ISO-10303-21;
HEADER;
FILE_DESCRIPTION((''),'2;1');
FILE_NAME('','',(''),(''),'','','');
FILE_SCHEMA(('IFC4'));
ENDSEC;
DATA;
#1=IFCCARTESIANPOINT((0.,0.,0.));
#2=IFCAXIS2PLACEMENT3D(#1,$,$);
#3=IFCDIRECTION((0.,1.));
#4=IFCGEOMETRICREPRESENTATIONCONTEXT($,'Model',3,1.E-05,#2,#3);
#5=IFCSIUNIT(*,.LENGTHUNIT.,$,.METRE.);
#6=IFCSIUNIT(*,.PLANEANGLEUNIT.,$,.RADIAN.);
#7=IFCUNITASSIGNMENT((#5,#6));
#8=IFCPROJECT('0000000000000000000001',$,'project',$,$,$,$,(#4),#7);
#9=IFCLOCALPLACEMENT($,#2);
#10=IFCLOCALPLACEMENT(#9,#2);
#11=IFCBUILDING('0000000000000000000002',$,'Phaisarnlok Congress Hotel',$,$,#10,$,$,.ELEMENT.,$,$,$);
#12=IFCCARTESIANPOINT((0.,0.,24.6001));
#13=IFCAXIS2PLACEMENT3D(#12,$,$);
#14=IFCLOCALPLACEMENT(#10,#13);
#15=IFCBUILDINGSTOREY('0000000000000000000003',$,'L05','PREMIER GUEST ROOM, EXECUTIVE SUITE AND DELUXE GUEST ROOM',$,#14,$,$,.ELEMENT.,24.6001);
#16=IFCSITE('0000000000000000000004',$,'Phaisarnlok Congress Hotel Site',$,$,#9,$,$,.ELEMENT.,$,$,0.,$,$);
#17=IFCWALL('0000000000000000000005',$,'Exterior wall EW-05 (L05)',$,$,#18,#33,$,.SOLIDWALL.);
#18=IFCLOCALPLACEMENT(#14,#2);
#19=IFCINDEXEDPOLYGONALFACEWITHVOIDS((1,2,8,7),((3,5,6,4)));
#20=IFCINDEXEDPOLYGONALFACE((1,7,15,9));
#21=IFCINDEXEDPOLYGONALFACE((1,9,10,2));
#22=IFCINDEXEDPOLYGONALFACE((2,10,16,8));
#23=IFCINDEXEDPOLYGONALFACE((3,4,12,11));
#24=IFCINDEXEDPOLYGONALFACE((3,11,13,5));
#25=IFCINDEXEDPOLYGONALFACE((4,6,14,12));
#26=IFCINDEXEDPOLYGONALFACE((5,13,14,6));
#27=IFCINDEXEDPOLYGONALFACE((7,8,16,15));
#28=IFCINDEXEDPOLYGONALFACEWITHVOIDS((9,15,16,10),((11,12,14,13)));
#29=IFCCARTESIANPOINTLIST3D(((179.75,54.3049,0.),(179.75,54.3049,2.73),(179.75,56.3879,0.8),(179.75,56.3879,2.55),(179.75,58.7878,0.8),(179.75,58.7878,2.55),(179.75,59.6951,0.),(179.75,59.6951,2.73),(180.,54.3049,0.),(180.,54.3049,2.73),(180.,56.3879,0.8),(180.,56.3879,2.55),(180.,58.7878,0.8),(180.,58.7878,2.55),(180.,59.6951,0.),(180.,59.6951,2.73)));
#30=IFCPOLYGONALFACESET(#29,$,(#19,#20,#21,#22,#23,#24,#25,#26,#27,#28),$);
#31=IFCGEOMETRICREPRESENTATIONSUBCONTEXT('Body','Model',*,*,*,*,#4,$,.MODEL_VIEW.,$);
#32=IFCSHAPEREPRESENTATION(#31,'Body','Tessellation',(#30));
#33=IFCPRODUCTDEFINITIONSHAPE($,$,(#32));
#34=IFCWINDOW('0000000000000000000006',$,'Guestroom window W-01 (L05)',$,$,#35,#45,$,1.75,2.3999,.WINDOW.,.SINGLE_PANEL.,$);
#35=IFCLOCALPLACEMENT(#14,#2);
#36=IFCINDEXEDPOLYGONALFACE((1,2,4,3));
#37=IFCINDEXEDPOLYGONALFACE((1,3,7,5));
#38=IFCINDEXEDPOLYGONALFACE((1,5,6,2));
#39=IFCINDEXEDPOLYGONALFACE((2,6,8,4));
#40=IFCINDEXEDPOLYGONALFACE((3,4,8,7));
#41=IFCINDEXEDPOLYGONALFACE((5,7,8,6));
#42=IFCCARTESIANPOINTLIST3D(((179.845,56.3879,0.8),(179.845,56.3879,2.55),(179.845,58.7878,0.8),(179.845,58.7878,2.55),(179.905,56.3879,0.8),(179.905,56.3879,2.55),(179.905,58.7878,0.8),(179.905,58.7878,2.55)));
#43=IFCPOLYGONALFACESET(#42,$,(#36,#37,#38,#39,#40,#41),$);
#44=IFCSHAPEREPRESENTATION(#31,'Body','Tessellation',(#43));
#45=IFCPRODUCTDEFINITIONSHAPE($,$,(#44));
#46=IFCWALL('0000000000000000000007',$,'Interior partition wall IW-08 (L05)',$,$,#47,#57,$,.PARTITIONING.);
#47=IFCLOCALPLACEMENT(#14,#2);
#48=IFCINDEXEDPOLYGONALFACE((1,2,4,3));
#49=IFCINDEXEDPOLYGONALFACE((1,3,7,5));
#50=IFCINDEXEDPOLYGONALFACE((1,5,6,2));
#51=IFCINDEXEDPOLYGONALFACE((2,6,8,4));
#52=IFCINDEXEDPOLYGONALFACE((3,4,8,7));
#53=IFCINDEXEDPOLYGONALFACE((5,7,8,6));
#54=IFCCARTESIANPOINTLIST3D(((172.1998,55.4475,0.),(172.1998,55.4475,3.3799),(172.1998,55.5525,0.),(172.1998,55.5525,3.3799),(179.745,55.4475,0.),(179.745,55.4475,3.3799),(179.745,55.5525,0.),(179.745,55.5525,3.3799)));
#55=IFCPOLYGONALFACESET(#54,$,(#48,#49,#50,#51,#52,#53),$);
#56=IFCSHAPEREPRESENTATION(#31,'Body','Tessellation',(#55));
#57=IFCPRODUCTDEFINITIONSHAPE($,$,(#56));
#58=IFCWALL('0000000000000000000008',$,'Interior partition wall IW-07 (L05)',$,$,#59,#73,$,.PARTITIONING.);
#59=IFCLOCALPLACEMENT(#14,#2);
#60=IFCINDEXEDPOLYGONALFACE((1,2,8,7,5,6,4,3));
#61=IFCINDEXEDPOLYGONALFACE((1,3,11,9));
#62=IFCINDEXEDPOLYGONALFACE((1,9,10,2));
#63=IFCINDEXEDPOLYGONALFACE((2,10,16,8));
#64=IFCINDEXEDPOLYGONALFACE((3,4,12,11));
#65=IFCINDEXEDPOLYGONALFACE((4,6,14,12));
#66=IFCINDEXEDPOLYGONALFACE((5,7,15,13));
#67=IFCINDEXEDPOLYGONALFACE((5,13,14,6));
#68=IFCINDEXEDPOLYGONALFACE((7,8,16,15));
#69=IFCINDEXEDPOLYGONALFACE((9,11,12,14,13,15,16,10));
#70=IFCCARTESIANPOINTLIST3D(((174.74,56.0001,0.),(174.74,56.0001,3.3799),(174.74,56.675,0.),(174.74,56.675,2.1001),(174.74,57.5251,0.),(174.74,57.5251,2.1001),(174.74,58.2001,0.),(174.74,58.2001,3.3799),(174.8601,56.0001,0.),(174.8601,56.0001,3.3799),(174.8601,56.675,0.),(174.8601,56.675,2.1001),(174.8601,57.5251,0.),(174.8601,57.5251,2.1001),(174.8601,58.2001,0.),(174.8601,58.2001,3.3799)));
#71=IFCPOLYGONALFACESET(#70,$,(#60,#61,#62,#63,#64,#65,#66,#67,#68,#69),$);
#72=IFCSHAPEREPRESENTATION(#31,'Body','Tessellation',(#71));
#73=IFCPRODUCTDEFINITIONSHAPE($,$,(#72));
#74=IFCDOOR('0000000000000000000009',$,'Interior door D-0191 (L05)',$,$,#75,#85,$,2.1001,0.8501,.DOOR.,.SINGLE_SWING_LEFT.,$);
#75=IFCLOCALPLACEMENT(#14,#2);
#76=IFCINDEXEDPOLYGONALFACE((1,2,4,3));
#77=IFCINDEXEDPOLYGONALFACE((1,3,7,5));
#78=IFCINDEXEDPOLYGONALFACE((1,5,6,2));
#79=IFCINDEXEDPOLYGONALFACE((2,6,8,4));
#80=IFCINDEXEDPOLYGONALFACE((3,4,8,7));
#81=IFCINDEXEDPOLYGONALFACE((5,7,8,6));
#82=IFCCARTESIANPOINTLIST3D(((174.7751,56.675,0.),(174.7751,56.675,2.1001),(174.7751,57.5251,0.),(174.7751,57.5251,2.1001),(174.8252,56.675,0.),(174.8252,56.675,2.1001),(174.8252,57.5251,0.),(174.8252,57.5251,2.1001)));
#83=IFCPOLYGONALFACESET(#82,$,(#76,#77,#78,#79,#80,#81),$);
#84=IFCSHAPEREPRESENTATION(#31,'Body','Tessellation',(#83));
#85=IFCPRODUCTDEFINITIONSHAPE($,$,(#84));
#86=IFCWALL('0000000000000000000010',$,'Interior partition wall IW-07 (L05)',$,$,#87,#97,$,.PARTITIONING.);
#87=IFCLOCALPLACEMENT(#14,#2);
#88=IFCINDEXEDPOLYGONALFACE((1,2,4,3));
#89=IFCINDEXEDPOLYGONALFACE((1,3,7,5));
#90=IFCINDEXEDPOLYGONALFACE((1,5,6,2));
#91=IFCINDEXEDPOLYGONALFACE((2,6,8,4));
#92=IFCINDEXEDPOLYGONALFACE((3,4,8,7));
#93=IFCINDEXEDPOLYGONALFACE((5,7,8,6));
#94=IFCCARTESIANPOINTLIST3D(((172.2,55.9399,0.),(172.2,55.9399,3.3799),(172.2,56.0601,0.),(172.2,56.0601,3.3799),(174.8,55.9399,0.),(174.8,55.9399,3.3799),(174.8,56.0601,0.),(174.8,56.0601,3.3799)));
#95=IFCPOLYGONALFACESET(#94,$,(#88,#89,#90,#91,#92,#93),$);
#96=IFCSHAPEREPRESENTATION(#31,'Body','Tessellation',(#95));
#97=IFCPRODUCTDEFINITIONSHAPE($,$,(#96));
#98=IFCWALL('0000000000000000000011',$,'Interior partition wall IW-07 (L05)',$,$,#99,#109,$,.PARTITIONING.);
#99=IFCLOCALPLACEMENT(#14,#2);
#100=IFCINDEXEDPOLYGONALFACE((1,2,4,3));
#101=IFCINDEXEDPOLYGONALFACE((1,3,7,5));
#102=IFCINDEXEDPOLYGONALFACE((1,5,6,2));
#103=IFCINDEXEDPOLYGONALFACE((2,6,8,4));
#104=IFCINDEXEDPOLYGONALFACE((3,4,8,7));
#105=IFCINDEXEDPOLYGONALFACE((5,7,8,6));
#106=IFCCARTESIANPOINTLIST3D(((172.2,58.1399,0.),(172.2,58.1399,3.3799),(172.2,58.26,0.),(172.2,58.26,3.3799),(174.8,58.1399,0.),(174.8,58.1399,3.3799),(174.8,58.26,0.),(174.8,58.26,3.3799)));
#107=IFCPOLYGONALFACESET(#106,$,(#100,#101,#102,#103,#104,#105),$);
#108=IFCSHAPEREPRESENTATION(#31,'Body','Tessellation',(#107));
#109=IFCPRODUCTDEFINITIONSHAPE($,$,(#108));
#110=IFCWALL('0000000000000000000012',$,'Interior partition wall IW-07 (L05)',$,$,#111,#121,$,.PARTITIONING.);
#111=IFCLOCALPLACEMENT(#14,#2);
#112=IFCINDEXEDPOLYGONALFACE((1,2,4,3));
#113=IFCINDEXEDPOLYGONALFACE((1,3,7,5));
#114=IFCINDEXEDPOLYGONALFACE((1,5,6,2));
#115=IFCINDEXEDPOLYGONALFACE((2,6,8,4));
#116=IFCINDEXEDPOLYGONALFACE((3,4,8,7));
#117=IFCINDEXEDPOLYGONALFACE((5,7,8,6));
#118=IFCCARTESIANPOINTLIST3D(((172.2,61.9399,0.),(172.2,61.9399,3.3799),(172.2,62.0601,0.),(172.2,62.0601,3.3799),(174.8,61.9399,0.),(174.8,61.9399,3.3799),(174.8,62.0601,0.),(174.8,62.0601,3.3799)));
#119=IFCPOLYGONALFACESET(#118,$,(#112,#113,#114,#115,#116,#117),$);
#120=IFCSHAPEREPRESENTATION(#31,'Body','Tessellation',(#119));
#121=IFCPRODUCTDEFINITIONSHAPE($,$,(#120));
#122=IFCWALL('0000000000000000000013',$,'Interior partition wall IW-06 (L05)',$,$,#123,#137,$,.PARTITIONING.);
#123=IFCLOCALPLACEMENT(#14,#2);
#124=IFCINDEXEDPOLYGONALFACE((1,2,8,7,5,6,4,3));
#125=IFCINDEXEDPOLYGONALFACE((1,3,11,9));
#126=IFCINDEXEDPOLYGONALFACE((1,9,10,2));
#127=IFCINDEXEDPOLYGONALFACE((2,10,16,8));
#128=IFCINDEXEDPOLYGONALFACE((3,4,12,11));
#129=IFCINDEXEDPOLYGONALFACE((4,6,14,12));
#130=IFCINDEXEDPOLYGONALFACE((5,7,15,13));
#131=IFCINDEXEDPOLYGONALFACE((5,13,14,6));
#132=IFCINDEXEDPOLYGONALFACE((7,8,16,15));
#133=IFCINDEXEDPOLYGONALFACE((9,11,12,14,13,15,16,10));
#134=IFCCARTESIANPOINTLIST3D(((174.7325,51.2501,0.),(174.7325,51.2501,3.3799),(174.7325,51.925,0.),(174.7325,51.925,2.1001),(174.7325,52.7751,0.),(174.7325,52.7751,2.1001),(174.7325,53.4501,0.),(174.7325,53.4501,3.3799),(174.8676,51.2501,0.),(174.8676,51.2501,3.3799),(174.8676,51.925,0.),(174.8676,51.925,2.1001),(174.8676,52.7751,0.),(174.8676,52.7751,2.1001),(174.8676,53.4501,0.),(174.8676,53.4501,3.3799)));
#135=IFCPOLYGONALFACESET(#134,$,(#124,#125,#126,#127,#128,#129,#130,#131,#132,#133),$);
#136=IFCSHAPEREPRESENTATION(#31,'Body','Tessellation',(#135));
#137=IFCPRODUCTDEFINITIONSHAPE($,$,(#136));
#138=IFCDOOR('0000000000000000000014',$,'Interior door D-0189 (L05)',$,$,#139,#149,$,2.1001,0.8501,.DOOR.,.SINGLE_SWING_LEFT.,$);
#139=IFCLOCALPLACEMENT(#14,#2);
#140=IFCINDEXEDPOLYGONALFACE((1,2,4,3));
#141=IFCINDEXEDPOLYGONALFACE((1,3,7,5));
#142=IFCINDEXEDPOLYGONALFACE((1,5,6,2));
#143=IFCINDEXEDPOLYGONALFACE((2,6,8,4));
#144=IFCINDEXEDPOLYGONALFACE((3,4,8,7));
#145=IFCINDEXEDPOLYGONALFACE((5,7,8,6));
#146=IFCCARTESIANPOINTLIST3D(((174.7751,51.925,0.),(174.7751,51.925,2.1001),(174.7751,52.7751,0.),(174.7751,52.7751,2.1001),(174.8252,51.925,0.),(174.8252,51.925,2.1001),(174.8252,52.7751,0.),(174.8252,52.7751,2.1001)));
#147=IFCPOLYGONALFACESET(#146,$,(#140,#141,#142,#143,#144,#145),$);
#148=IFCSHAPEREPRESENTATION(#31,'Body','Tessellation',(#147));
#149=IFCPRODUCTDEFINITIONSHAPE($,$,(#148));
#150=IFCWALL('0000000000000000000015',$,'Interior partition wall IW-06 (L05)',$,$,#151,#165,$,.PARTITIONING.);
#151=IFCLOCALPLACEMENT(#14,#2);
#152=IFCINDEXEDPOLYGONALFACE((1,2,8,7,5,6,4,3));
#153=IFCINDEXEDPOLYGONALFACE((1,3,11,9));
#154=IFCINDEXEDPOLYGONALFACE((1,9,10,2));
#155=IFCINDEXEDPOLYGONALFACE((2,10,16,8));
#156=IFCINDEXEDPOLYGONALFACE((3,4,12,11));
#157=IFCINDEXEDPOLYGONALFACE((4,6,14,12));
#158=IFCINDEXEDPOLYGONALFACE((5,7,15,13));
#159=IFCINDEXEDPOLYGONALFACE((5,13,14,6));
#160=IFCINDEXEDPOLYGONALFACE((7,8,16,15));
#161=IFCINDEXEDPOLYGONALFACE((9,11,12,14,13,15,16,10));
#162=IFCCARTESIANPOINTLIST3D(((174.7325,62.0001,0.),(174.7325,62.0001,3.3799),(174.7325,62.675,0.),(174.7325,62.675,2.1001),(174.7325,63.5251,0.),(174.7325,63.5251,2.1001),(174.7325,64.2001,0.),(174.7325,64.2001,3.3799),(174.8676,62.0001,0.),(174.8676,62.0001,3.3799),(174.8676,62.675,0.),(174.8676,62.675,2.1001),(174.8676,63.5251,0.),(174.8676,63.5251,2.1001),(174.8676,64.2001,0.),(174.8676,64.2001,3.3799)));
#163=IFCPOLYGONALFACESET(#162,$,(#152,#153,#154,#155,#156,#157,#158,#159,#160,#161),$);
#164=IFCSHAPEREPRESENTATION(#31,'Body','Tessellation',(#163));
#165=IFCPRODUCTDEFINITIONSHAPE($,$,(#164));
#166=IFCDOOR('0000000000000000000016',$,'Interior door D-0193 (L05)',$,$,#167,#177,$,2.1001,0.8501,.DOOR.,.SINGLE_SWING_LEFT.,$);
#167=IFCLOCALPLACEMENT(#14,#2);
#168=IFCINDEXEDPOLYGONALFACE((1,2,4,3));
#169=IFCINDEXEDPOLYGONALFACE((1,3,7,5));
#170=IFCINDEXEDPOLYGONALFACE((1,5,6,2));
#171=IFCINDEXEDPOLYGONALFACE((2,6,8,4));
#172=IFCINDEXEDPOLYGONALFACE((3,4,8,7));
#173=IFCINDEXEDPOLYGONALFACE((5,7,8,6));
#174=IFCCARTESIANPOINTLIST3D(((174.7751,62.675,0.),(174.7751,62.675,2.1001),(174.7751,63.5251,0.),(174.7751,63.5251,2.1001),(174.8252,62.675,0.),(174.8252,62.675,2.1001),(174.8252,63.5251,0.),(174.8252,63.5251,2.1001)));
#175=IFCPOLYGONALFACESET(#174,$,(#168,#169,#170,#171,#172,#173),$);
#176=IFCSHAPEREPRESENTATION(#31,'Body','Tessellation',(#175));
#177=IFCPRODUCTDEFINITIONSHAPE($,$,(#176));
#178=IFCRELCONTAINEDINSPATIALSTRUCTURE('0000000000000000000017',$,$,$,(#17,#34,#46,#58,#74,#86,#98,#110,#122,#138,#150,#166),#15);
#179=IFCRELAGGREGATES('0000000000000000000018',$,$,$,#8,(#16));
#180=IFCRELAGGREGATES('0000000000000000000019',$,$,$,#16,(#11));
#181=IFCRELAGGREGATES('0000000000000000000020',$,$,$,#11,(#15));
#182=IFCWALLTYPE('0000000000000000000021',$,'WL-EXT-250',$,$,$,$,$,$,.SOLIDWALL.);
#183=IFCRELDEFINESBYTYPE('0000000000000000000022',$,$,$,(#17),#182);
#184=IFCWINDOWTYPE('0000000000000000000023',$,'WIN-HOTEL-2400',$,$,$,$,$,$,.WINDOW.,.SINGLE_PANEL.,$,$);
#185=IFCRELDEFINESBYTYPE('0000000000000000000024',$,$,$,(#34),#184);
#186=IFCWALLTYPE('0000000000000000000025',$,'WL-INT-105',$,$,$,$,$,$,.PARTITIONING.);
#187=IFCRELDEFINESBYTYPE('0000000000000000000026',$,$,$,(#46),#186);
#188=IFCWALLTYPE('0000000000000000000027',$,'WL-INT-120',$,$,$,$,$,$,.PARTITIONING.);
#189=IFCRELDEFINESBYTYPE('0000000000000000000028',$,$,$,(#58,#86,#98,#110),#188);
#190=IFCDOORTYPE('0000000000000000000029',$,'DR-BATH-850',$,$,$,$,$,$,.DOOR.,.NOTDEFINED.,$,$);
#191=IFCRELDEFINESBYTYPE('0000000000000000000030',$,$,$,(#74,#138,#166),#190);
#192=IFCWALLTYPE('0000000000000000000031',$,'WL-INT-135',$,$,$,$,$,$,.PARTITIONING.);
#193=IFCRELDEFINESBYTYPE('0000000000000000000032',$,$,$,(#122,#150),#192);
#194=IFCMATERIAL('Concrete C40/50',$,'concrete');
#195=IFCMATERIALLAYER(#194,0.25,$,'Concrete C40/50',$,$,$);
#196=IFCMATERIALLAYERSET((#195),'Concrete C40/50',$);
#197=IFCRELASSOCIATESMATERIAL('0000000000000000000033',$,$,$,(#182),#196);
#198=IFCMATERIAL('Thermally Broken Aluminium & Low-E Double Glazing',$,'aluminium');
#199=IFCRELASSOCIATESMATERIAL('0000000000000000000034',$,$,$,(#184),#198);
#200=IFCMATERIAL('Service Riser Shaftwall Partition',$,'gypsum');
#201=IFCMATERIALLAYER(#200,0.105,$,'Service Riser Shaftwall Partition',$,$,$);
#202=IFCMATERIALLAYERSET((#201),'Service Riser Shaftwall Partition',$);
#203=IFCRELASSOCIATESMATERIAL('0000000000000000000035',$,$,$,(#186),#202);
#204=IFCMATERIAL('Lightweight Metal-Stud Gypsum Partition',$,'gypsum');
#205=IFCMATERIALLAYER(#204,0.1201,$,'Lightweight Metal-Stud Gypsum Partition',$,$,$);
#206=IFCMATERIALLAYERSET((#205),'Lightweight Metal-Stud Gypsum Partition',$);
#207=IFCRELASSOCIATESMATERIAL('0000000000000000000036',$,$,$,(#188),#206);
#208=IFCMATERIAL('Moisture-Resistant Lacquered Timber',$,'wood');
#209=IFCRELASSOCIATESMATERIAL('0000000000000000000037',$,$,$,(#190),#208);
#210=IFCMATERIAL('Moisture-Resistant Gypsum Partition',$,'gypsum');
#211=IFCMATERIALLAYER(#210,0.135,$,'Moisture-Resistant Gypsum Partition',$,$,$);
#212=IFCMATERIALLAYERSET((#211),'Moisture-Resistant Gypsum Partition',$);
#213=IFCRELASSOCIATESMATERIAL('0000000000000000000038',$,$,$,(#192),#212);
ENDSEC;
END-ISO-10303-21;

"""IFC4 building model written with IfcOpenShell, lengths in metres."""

from ifc_helpers import new_model, si_unit, direction, frame, frame_2d, origin, place, context, subcontext, project, spatial, rectangle, extrude, material, layer, layer_set, type_object, element, fill, save


model = new_model("IFC4")

# Units and contexts
model_context = context("Model", 3, precision=1e-05, world=origin(), true_north=direction((0.0, 1.0)))
body_context = subcontext(model_context, "Body", "Model", "MODEL_VIEW")
ifc_project = project(units=[si_unit("LENGTHUNIT", "METRE"), si_unit("PLANEANGLEUNIT", "RADIAN")], contexts=[model_context])

# Site, building, storey
site_placement = place(None, origin())
site = spatial("IfcSite", under=ifc_project, at=site_placement, Name="Phaisarnlok Congress Hotel Site", CompositionType="ELEMENT", RefElevation=0.0)
building_placement = place(site_placement, origin())
building = spatial("IfcBuilding", under=site, at=building_placement, Name="Phaisarnlok Congress Hotel", CompositionType="ELEMENT")
storey_placement = place(building_placement, frame((0.0, 0.0, 24.6001)))
storey = spatial("IfcBuildingStorey", under=building, at=storey_placement, Name="L05", Description="PREMIER GUEST ROOM, EXECUTIVE SUITE AND DELUXE GUEST ROOM", CompositionType="ELEMENT", Elevation=24.6001)

# Shared definitions
ifc_material_1 = material(Name="Concrete C40/50", Category="concrete")

# Wall, opening, window
ifc_material_2 = material(Name="Thermally Broken Aluminium & Low-E Double Glazing", Category="aluminium")
ifc_layer_1 = layer(ifc_material_1, 0.25, Name="Concrete C40/50")
ifc_layer_set_1 = layer_set([ifc_layer_1], Name="Concrete C40/50")
wall_type_1 = type_object("IfcWallType", Name="WL-EXT-250", PredefinedType="SOLIDWALL", material=ifc_layer_set_1)
wall_1_placement = place(storey_placement, frame((179.875, 54.3049, 0.0), z_axis=(0.0, 0.0, 1.0), x_axis=(0.0, 1.0, 0.0)))
wall_1 = element("IfcWall", 1, at=wall_1_placement, inside=storey, type_object=wall_type_1, Name="Exterior wall EW-05 (L05)", PredefinedType="SOLIDWALL", context=body_context, shape_type="SweptSolid", body=[
    extrude(rectangle(XDim=5.3901, YDim=0.25, at=frame_2d((2.6951, 0.0))), origin(), (0.0, 0.0, 1.0), 2.73),
])
opening_1_placement = place(wall_1_placement, frame((2.083, 0.0, 0.8)))
opening_1 = element("IfcOpeningElement", 2, at=opening_1_placement, cuts=wall_1, PredefinedType="OPENING", context=body_context, shape_type="SweptSolid", body=[
    extrude(rectangle(XDim=2.3999, YDim=1.75, at=frame_2d((1.2, 0.875))), frame((0.0, 0.135, 0.0), z_axis=(0.0, -1.0, 0.0), x_axis=(1.0, 0.0, 0.0)), (0.0, 0.0, 1.0), 0.27),
])
window_type_1 = type_object("IfcWindowType", Name="WIN-HOTEL-2400", PartitioningType="SINGLE_PANEL", PredefinedType="WINDOW", material=ifc_material_2)
window_1_placement = place(opening_1_placement, origin())
window_1 = element("IfcWindow", 3, at=window_1_placement, inside=storey, type_object=window_type_1, Name="Guestroom window W-01 (L05)", OverallHeight=1.75, OverallWidth=2.3999, PartitioningType="SINGLE_PANEL", PredefinedType="WINDOW", context=body_context, shape_type="SweptSolid", body=[
    extrude(rectangle(XDim=2.3999, YDim=1.75, at=frame_2d((1.2, 0.875))), frame((0.0, 0.03, 0.0), z_axis=(0.0, -1.0, 0.0), x_axis=(1.0, 0.0, 0.0)), (0.0, 0.0, 1.0), 0.0601),
])
fill(opening_1, window_1)

# Wall
ifc_material_3 = material(Name="Service Riser Shaftwall Partition", Category="gypsum")
ifc_layer_2 = layer(ifc_material_3, 0.105, Name="Service Riser Shaftwall Partition")
ifc_layer_set_2 = layer_set([ifc_layer_2], Name="Service Riser Shaftwall Partition")
wall_type_2 = type_object("IfcWallType", Name="WL-INT-105", PredefinedType="PARTITIONING", material=ifc_layer_set_2)
wall_2_placement = place(storey_placement, frame((172.2, 55.5, 0.0), z_axis=(0.0, 0.0, 1.0), x_axis=(1.0, 0.0, 0.0)))
element("IfcWall", 4, at=wall_2_placement, inside=storey, type_object=wall_type_2, Name="Interior partition wall IW-08 (L05)", PredefinedType="PARTITIONING", context=body_context, shape_type="SweptSolid", body=[
    extrude(rectangle(XDim=7.5452, YDim=0.105, at=frame_2d((3.7725, 0.0))), origin(), (0.0, 0.0, 1.0), 3.3799),
])

# Wall, opening, door
ifc_material_4 = material(Name="Lightweight Metal-Stud Gypsum Partition", Category="gypsum")
ifc_layer_3 = layer(ifc_material_4, 0.1201, Name="Lightweight Metal-Stud Gypsum Partition")
ifc_layer_set_3 = layer_set([ifc_layer_3], Name="Lightweight Metal-Stud Gypsum Partition")
wall_type_3 = type_object("IfcWallType", Name="WL-INT-120", PredefinedType="PARTITIONING", material=ifc_layer_set_3)
wall_3_placement = place(storey_placement, frame((174.8, 56.0, 0.0), z_axis=(0.0, 0.0, 1.0), x_axis=(0.0, 1.0, 0.0)))
wall_3 = element("IfcWall", 5, at=wall_3_placement, inside=storey, type_object=wall_type_3, Name="Interior partition wall IW-07 (L05)", PredefinedType="PARTITIONING", context=body_context, shape_type="SweptSolid", body=[
    extrude(rectangle(XDim=2.2, YDim=0.1201, at=frame_2d((1.1001, 0.0))), origin(), (0.0, 0.0, 1.0), 3.3799),
])
opening_2_placement = place(wall_3_placement, frame((0.675, 0.0, 0.0)))
opening_2 = element("IfcOpeningElement", 6, at=opening_2_placement, cuts=wall_3, PredefinedType="OPENING", context=body_context, shape_type="SweptSolid", body=[
    extrude(rectangle(XDim=0.8501, YDim=2.1001, at=frame_2d((0.425, 1.05))), frame((0.0, 0.0701, 0.0), z_axis=(0.0, -1.0, 0.0), x_axis=(1.0, 0.0, 0.0)), (0.0, 0.0, 1.0), 0.1401),
])
ifc_material_5 = material(Name="Moisture-Resistant Lacquered Timber", Category="wood")
door_type = type_object("IfcDoorType", Name="DR-BATH-850", OperationType="NOTDEFINED", PredefinedType="DOOR", material=ifc_material_5)
door_1_placement = place(opening_2_placement, origin())
door_1 = element("IfcDoor", 7, at=door_1_placement, inside=storey, type_object=door_type, Name="Interior door D-0191 (L05)", OperationType="SINGLE_SWING_LEFT", OverallHeight=2.1001, OverallWidth=0.8501, PredefinedType="DOOR", context=body_context, shape_type="SweptSolid", body=[
    extrude(rectangle(XDim=0.8501, YDim=2.1001, at=frame_2d((0.425, 1.05))), frame((0.0, 0.0249, 0.0), z_axis=(0.0, -1.0, 0.0), x_axis=(1.0, 0.0, 0.0)), (0.0, 0.0, 1.0), 0.05),
])
fill(opening_2, door_1)

# Walls
for number, where, z_axis, x_axis, name in (
    (8, (172.2, 56.0, 0.0), (0.0, 0.0, 1.0), (1.0, 0.0, 0.0), "Interior partition wall IW-07 (L05)"),
    (9, (172.2, 58.2, 0.0), (0.0, 0.0, 1.0), (1.0, 0.0, 0.0), "Interior partition wall IW-07 (L05)"),
    (10, (172.2, 62.0, 0.0), (0.0, 0.0, 1.0), (1.0, 0.0, 0.0), "Interior partition wall IW-07 (L05)"),
):
    element("IfcWall", number, at=place(storey_placement, frame(where, z_axis=z_axis, x_axis=x_axis)), inside=storey, type_object=wall_type_3, Name=name, PredefinedType="PARTITIONING", context=body_context, shape_type="SweptSolid", body=[
        extrude(rectangle(XDim=2.6001, YDim=0.1201, at=frame_2d((1.3, 0.0))), origin(), (0.0, 0.0, 1.0), 3.3799),
    ])

# Walls, openings, doors
ifc_material_6 = material(Name="Moisture-Resistant Gypsum Partition", Category="gypsum")
ifc_layer_4 = layer(ifc_material_6, 0.135, Name="Moisture-Resistant Gypsum Partition")
ifc_layer_set_4 = layer_set([ifc_layer_4], Name="Moisture-Resistant Gypsum Partition")
wall_type_4 = type_object("IfcWallType", Name="WL-INT-135", PredefinedType="PARTITIONING", material=ifc_layer_set_4)
wall_4_placement = place(storey_placement, frame((174.8, 51.25, 0.0), z_axis=(0.0, 0.0, 1.0), x_axis=(0.0, 1.0, 0.0)))
wall_4 = element("IfcWall", 11, at=wall_4_placement, inside=storey, type_object=wall_type_4, Name="Interior partition wall IW-06 (L05)", PredefinedType="PARTITIONING", context=body_context, shape_type="SweptSolid", body=[
    extrude(rectangle(XDim=2.2, YDim=0.135, at=frame_2d((1.1001, 0.0))), origin(), (0.0, 0.0, 1.0), 3.3799),
])
opening_3_placement = place(wall_4_placement, frame((0.675, 0.0, 0.0)))
opening_3 = element("IfcOpeningElement", 12, at=opening_3_placement, cuts=wall_4, PredefinedType="OPENING", context=body_context, shape_type="SweptSolid", body=[
    extrude(rectangle(XDim=0.8501, YDim=2.1001, at=frame_2d((0.425, 1.05))), frame((0.0, 0.0776, 0.0), z_axis=(0.0, -1.0, 0.0), x_axis=(1.0, 0.0, 0.0)), (0.0, 0.0, 1.0), 0.155),
])
door_2_placement = place(opening_3_placement, origin())
door_2 = element("IfcDoor", 13, at=door_2_placement, inside=storey, type_object=door_type, Name="Interior door D-0189 (L05)", OperationType="SINGLE_SWING_LEFT", OverallHeight=2.1001, OverallWidth=0.8501, PredefinedType="DOOR", context=body_context, shape_type="SweptSolid", body=[
    extrude(rectangle(XDim=0.8501, YDim=2.1001, at=frame_2d((0.425, 1.05))), frame((0.0, 0.0249, 0.0), z_axis=(0.0, -1.0, 0.0), x_axis=(1.0, 0.0, 0.0)), (0.0, 0.0, 1.0), 0.05),
])
fill(opening_3, door_2)
wall_5_placement = place(storey_placement, frame((174.8, 62.0, 0.0), z_axis=(0.0, 0.0, 1.0), x_axis=(0.0, 1.0, 0.0)))
wall_5 = element("IfcWall", 14, at=wall_5_placement, inside=storey, type_object=wall_type_4, Name="Interior partition wall IW-06 (L05)", PredefinedType="PARTITIONING", context=body_context, shape_type="SweptSolid", body=[
    extrude(rectangle(XDim=2.2, YDim=0.135, at=frame_2d((1.1001, 0.0))), origin(), (0.0, 0.0, 1.0), 3.3799),
])
opening_4_placement = place(wall_5_placement, frame((0.675, 0.0, 0.0)))
opening_4 = element("IfcOpeningElement", 15, at=opening_4_placement, cuts=wall_5, PredefinedType="OPENING", context=body_context, shape_type="SweptSolid", body=[
    extrude(rectangle(XDim=0.8501, YDim=2.1001, at=frame_2d((0.425, 1.05))), frame((0.0, 0.0776, 0.0), z_axis=(0.0, -1.0, 0.0), x_axis=(1.0, 0.0, 0.0)), (0.0, 0.0, 1.0), 0.155),
])
door_3_placement = place(opening_4_placement, origin())
door_3 = element("IfcDoor", 16, at=door_3_placement, inside=storey, type_object=door_type, Name="Interior door D-0193 (L05)", OperationType="SINGLE_SWING_LEFT", OverallHeight=2.1001, OverallWidth=0.8501, PredefinedType="DOOR", context=body_context, shape_type="SweptSolid", body=[
    extrude(rectangle(XDim=0.8501, YDim=2.1001, at=frame_2d((0.425, 1.05))), frame((0.0, 0.0249, 0.0), z_axis=(0.0, -1.0, 0.0), x_axis=(1.0, 0.0, 0.0)), (0.0, 0.0, 1.0), 0.05),
])
fill(opening_4, door_3)

save(model, "model.ifc")
